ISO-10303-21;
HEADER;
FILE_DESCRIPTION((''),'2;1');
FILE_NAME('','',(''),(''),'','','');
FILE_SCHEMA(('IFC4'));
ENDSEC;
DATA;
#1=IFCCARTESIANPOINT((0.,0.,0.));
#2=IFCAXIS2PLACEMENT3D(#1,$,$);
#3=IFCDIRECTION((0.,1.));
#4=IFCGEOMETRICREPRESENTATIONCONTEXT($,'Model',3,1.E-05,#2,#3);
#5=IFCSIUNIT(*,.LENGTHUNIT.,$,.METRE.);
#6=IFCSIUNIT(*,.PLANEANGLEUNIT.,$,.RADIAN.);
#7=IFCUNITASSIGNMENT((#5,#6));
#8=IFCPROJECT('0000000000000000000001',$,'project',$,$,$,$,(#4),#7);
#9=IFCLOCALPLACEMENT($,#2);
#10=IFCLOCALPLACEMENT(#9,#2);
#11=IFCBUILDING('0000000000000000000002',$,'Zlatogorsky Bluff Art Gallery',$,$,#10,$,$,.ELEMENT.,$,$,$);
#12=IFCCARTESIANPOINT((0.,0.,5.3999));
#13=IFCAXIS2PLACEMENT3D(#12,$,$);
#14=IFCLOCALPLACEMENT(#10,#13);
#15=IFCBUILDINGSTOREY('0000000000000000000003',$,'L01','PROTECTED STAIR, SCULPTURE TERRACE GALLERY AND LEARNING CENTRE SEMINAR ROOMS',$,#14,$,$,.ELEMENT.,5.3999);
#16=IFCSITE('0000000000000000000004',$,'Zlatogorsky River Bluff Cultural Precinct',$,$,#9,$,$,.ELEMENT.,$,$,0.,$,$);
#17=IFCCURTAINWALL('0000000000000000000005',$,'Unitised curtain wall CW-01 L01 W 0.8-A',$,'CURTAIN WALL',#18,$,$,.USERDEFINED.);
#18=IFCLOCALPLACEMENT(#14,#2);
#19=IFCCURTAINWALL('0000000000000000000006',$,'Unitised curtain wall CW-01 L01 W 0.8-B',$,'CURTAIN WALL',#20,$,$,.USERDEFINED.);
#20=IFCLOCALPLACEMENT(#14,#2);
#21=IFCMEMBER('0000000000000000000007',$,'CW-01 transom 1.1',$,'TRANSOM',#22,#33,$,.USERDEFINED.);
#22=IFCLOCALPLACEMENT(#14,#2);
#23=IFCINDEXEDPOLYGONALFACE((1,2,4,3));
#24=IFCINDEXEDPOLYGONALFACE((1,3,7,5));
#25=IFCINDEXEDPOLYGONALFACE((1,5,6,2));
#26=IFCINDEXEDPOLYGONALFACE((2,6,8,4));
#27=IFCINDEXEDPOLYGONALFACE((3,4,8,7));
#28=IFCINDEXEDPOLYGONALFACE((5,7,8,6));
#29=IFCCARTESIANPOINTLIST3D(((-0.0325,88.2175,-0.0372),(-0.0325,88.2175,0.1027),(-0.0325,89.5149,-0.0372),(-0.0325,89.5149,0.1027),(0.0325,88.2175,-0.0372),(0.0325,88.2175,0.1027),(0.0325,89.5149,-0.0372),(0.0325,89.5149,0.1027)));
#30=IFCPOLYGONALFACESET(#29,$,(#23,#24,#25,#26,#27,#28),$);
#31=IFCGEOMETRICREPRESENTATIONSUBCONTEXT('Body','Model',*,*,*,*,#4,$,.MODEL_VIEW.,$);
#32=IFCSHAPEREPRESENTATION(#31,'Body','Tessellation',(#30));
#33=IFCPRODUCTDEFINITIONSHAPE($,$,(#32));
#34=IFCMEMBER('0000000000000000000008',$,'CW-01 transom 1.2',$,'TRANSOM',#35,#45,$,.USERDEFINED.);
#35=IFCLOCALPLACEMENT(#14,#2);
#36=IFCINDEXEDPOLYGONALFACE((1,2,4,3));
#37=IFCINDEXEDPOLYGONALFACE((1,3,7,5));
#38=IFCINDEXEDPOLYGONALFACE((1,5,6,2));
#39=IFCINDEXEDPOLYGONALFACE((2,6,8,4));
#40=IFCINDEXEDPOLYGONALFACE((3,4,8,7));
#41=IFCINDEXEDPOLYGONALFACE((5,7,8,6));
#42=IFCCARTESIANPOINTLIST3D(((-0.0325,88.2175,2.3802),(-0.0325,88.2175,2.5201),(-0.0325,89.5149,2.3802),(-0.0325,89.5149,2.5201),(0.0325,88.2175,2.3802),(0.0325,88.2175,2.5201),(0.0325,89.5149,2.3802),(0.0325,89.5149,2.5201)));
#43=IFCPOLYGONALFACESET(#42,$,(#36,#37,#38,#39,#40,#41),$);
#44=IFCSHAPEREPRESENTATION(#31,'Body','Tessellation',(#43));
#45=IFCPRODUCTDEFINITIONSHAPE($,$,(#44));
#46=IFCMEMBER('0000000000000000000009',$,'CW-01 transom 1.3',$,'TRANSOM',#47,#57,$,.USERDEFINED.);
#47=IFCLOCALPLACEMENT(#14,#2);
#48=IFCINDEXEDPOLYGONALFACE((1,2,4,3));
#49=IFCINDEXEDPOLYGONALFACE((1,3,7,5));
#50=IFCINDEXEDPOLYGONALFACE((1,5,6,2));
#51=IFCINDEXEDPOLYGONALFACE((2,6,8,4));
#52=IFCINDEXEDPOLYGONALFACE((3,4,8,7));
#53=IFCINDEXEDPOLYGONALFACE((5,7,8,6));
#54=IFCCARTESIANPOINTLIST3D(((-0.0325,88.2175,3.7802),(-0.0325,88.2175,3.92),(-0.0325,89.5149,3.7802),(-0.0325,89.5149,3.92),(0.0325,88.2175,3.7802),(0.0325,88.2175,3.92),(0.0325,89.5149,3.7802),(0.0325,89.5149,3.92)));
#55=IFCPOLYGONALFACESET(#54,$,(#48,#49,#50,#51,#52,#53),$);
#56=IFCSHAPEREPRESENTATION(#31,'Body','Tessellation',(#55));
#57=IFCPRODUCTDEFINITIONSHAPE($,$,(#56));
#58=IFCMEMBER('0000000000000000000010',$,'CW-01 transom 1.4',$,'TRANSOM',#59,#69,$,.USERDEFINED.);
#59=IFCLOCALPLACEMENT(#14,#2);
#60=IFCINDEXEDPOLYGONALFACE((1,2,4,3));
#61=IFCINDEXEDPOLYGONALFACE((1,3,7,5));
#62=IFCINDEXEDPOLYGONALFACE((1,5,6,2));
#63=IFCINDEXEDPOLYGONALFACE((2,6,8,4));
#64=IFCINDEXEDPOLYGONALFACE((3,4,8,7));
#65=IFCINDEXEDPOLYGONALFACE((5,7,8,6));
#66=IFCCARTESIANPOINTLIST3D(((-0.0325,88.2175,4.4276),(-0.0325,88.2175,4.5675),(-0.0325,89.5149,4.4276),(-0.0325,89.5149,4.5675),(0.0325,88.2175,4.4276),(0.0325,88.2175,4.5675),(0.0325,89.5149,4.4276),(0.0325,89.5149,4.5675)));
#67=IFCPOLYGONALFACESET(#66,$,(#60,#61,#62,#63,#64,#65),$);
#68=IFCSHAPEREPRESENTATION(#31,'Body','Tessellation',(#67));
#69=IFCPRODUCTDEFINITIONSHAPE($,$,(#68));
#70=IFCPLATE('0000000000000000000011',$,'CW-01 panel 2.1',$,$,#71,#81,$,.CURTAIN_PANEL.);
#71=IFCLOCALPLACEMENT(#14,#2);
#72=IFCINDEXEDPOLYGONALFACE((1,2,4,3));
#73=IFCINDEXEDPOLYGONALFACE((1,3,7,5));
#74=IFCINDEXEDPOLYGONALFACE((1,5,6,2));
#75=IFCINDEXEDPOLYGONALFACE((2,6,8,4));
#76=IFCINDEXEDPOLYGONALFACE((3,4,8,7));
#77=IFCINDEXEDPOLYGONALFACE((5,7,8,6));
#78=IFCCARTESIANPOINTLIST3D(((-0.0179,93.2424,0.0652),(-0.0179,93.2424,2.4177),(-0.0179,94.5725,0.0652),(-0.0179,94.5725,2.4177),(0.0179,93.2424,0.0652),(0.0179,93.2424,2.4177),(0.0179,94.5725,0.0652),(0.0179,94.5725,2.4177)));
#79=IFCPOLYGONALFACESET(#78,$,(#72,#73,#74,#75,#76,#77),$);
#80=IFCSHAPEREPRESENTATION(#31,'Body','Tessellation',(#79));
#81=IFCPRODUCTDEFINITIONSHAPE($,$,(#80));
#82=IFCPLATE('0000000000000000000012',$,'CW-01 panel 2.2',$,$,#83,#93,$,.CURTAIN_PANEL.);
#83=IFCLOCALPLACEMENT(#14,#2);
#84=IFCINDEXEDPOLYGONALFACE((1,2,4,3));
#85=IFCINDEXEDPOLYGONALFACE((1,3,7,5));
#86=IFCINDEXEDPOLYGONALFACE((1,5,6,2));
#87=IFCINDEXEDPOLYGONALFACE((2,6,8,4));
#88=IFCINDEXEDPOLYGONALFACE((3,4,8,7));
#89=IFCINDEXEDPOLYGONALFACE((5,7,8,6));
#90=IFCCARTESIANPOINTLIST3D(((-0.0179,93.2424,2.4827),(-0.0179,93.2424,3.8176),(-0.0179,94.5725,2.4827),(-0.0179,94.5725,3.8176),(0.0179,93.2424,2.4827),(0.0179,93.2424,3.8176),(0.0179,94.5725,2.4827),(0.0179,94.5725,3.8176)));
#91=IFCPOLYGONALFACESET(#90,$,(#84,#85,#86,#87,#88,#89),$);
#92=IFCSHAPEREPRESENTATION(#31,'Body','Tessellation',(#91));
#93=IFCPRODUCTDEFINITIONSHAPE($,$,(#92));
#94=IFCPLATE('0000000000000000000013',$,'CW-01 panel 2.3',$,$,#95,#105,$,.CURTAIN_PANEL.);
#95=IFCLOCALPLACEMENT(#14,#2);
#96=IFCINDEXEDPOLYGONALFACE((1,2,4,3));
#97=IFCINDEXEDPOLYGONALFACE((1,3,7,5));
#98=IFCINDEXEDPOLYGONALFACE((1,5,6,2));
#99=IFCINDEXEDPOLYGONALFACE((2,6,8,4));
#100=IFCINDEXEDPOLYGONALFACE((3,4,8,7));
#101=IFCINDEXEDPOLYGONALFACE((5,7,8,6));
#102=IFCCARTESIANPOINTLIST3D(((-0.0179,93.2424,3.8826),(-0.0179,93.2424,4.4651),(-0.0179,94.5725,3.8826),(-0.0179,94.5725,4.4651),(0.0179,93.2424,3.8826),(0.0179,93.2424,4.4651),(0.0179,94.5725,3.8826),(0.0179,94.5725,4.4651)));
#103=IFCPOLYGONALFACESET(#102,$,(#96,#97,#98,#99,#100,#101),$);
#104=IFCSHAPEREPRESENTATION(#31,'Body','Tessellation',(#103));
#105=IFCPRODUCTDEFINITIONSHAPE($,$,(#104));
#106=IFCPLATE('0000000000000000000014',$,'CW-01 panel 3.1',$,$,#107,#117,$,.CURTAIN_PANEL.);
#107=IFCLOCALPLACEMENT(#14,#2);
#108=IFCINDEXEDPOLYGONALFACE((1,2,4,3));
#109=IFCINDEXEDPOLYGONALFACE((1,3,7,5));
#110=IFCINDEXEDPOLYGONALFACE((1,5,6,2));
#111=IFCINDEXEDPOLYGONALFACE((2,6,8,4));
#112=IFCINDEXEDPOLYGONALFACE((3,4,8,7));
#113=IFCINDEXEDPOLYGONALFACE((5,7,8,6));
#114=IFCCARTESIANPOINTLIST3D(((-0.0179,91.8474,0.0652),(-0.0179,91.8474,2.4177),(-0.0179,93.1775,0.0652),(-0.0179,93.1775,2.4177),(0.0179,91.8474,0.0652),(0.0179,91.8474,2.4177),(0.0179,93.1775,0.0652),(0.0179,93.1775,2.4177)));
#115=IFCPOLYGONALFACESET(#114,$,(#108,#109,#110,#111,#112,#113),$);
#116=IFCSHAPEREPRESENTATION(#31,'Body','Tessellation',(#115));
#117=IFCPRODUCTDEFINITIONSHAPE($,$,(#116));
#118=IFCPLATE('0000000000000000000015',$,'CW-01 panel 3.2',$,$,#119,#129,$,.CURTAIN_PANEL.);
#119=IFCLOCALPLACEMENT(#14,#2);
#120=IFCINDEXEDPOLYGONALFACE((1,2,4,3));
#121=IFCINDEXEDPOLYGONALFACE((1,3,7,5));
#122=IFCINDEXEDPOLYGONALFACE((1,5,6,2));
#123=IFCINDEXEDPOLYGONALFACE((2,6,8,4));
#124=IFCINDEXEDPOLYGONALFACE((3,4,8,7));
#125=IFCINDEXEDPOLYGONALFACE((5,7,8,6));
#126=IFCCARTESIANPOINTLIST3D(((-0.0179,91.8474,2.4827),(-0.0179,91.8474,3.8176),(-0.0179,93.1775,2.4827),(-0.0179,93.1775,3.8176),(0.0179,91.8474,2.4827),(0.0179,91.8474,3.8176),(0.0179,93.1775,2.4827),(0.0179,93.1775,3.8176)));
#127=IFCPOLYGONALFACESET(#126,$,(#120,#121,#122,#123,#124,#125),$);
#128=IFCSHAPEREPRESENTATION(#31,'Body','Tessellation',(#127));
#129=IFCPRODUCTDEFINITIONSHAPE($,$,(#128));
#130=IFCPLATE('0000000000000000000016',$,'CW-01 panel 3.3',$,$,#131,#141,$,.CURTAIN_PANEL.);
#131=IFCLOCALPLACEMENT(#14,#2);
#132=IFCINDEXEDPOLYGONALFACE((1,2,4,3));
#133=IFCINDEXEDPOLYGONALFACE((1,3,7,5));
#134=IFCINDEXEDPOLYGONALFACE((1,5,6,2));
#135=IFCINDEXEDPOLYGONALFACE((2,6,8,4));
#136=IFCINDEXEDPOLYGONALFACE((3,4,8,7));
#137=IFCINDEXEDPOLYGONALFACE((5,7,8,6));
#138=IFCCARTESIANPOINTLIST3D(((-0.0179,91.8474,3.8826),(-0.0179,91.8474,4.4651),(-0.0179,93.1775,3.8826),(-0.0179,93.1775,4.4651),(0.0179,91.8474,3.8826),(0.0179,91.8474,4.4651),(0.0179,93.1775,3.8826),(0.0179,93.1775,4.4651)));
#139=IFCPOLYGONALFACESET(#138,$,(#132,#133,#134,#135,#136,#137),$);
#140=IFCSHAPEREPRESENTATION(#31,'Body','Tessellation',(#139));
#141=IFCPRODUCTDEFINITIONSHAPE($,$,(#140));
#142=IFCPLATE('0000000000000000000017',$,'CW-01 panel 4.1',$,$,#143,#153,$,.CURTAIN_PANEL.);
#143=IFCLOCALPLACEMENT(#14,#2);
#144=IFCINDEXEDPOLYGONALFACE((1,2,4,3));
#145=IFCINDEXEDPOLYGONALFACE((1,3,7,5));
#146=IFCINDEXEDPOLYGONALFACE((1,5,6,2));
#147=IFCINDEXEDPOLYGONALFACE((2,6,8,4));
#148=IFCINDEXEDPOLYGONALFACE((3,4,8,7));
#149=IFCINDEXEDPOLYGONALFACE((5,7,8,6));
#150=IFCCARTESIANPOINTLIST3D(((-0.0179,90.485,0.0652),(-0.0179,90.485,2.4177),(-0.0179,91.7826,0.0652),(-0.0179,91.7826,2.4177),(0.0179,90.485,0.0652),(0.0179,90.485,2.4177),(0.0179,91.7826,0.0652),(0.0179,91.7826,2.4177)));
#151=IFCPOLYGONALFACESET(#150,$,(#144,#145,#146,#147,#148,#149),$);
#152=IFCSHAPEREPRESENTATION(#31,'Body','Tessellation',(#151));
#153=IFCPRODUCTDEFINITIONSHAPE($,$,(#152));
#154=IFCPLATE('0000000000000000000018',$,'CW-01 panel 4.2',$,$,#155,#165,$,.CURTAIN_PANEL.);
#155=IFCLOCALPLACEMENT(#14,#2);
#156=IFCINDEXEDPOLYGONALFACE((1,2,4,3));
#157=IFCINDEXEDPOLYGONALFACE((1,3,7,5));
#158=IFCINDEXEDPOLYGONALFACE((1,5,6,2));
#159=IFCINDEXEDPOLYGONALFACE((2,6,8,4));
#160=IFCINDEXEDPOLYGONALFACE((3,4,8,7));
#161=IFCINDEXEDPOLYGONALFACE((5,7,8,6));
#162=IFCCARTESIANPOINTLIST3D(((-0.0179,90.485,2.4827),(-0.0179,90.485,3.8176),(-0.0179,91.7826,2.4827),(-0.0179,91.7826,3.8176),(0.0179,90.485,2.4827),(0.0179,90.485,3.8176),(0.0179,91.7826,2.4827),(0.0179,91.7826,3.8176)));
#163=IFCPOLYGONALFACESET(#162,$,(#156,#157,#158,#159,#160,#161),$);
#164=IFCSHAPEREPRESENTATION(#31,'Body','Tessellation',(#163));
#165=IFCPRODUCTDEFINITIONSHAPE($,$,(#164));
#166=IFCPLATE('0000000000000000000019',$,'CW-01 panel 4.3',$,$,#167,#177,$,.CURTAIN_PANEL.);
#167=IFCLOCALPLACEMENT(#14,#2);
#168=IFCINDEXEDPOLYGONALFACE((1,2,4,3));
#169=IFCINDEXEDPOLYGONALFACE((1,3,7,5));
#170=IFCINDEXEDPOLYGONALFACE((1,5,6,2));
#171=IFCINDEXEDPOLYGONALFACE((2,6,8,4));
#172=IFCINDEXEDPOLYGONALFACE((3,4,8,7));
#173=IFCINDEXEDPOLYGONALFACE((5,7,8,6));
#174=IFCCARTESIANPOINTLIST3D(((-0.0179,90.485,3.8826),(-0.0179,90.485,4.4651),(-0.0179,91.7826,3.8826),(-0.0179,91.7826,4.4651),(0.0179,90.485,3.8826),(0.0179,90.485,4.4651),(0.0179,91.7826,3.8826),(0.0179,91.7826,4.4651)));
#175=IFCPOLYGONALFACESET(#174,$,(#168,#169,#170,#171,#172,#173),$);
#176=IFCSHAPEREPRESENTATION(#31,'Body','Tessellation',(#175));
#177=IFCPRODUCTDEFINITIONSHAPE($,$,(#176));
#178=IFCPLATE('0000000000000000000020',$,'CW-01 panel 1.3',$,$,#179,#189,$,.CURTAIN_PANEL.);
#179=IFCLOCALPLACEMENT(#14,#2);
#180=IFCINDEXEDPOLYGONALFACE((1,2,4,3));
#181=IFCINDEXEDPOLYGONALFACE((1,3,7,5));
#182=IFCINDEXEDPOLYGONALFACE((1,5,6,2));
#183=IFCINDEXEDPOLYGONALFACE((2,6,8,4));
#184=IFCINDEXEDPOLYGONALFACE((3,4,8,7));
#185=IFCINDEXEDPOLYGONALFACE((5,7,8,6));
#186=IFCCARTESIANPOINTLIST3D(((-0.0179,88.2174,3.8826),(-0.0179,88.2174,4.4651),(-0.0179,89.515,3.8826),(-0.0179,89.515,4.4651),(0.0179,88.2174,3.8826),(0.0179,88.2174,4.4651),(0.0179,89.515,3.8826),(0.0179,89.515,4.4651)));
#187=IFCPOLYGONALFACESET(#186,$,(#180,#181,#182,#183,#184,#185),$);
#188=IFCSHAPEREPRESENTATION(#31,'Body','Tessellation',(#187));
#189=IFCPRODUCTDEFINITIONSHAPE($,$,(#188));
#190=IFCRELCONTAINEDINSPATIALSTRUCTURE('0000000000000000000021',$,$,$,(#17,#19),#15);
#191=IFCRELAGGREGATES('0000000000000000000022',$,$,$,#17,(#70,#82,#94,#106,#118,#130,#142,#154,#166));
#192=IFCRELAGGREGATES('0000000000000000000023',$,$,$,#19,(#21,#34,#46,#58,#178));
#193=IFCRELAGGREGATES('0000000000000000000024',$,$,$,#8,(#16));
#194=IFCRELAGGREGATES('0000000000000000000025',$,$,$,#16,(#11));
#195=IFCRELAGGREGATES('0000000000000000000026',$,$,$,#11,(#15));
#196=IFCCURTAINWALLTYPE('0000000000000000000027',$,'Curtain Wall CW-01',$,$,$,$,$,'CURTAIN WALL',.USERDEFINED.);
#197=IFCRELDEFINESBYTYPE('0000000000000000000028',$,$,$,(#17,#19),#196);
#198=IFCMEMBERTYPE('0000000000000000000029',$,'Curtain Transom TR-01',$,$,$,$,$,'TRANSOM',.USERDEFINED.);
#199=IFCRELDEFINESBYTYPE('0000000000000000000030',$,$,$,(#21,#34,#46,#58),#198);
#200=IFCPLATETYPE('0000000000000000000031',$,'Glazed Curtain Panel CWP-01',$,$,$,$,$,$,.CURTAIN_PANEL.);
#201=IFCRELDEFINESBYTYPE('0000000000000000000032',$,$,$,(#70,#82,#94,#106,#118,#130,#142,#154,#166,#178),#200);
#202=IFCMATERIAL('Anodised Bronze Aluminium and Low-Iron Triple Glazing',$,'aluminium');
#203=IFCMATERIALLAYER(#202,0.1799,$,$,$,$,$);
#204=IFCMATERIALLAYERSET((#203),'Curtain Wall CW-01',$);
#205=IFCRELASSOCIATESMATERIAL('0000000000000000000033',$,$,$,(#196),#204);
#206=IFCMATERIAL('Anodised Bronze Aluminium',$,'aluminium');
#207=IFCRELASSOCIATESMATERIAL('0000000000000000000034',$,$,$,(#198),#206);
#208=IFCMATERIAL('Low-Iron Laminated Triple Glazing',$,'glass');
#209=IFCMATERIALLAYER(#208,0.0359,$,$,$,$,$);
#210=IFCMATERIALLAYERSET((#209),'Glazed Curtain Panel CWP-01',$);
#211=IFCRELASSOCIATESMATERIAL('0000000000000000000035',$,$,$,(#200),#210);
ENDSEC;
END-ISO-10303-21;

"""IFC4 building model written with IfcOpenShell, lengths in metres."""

from ifc_helpers import new_model, si_unit, direction, frame, origin, origin_2d, place, context, subcontext, project, spatial, rectangle, extrude, material, layer, layer_set, material_profile, profile_set, type_object, element, aggregate, save


model = new_model("IFC4")

# Units and contexts
model_context = context("Model", 3, precision=1e-05, world=origin(), true_north=direction((0.0, 1.0)))
body_context = subcontext(model_context, "Body", "Model", "MODEL_VIEW")
ifc_project = project(units=[si_unit("LENGTHUNIT", "METRE"), si_unit("PLANEANGLEUNIT", "RADIAN")], contexts=[model_context])

# Site, building, storey
site_placement = place(None, origin())
site = spatial("IfcSite", under=ifc_project, at=site_placement, Name="Zlatogorsky River Bluff Cultural Precinct", CompositionType="ELEMENT", RefElevation=0.0)
building_placement = place(site_placement, origin())
building = spatial("IfcBuilding", under=site, at=building_placement, Name="Zlatogorsky Bluff Art Gallery", CompositionType="ELEMENT")
storey_placement = place(building_placement, frame((0.0, 0.0, 5.3999)))
storey = spatial("IfcBuildingStorey", under=building, at=storey_placement, Name="L01", Description="PROTECTED STAIR, SCULPTURE TERRACE GALLERY AND LEARNING CENTRE SEMINAR ROOMS", CompositionType="ELEMENT", Elevation=5.3999)

# Curtain wall
ifc_material_1 = material(Name="Anodised Bronze Aluminium and Low-Iron Triple Glazing", Category="aluminium")
ifc_layer_1 = layer(ifc_material_1, 0.1799)
ifc_layer_set_1 = layer_set([ifc_layer_1], Name="Curtain Wall CW-01")
curtain_wall_type = type_object("IfcCurtainWallType", Name="Curtain Wall CW-01", ElementType="CURTAIN WALL", PredefinedType="USERDEFINED", material=ifc_layer_set_1)
curtain_wall_1_placement = place(storey_placement, origin())
curtain_wall_1 = element("IfcCurtainWall", 1, at=curtain_wall_1_placement, inside=storey, type_object=curtain_wall_type, Name="Unitised curtain wall CW-01 L01 W 0.8-A", ObjectType="CURTAIN WALL", PredefinedType="USERDEFINED")
ifc_material_2 = material(Name="Anodised Bronze Aluminium", Category="aluminium")

# Curtain wall
curtain_wall_2_placement = place(storey_placement, origin())
curtain_wall_2 = element("IfcCurtainWall", 2, at=curtain_wall_2_placement, inside=storey, type_object=curtain_wall_type, Name="Unitised curtain wall CW-01 L01 W 0.8-B", ObjectType="CURTAIN WALL", PredefinedType="USERDEFINED")

# Members
ifc_material_profile_1 = material_profile(ifc_material_2, rectangle(XDim=0.0649, YDim=0.1399, at=origin_2d()), Name="ALU TRANSOM 65x140")
ifc_profile_set_1 = profile_set([ifc_material_profile_1], Name="Anodised Bronze Aluminium")
member_type_1 = type_object("IfcMemberType", Name="Curtain Transom TR-01", ElementType="TRANSOM", PredefinedType="USERDEFINED", material=ifc_profile_set_1)
member_1_placement = place(storey_placement, frame((0.0, 89.5149, 0.0327), z_axis=(0.0, -1.0, 0.0), x_axis=(1.0, 0.0, 0.0)))
member_1 = element("IfcMember", 3, at=member_1_placement, type_object=member_type_1, Name="CW-01 transom 1.1", ObjectType="TRANSOM", PredefinedType="USERDEFINED", context=body_context, shape_type="SweptSolid", body=[
    extrude(rectangle(XDim=0.0649, YDim=0.1399, at=origin_2d()), origin(), (0.0, 0.0, 1.0), 1.2974),
])
member_2_placement = place(storey_placement, frame((0.0, 89.5149, 2.4502), z_axis=(0.0, -1.0, 0.0), x_axis=(1.0, 0.0, 0.0)))
member_2 = element("IfcMember", 4, at=member_2_placement, type_object=member_type_1, Name="CW-01 transom 1.2", ObjectType="TRANSOM", PredefinedType="USERDEFINED", context=body_context, shape_type="SweptSolid", body=[
    extrude(rectangle(XDim=0.0649, YDim=0.1399, at=origin_2d()), origin(), (0.0, 0.0, 1.0), 1.2974),
])
member_3_placement = place(storey_placement, frame((0.0, 89.5149, 3.8501), z_axis=(0.0, -1.0, 0.0), x_axis=(1.0, 0.0, 0.0)))
member_3 = element("IfcMember", 5, at=member_3_placement, type_object=member_type_1, Name="CW-01 transom 1.3", ObjectType="TRANSOM", PredefinedType="USERDEFINED", context=body_context, shape_type="SweptSolid", body=[
    extrude(rectangle(XDim=0.0649, YDim=0.1399, at=origin_2d()), origin(), (0.0, 0.0, 1.0), 1.2974),
])
member_4_placement = place(storey_placement, frame((0.0, 89.5149, 4.4976), z_axis=(0.0, -1.0, 0.0), x_axis=(1.0, 0.0, 0.0)))
member_4 = element("IfcMember", 6, at=member_4_placement, type_object=member_type_1, Name="CW-01 transom 1.4", ObjectType="TRANSOM", PredefinedType="USERDEFINED", context=body_context, shape_type="SweptSolid", body=[
    extrude(rectangle(XDim=0.0649, YDim=0.1399, at=origin_2d()), origin(), (0.0, 0.0, 1.0), 1.2974),
])

# Plates
ifc_material_3 = material(Name="Low-Iron Laminated Triple Glazing", Category="glass")
ifc_layer_2 = layer(ifc_material_3, 0.0359)
ifc_layer_set_2 = layer_set([ifc_layer_2], Name="Glazed Curtain Panel CWP-01")
plate_type = type_object("IfcPlateType", Name="Glazed Curtain Panel CWP-01", PredefinedType="CURTAIN_PANEL", material=ifc_layer_set_2)
plate_1_placement = place(storey_placement, frame((0.0, 93.9075, 0.0652), z_axis=(0.0, 0.0, 1.0), x_axis=(0.0, -1.0, 0.0)))
plate_1 = element("IfcPlate", 7, at=plate_1_placement, type_object=plate_type, Name="CW-01 panel 2.1", PredefinedType="CURTAIN_PANEL", context=body_context, shape_type="SweptSolid", body=[
    extrude(rectangle(XDim=1.3301, YDim=0.0359, at=origin_2d()), origin(), (0.0, 0.0, 1.0), 2.3525),
])
plate_2_placement = place(storey_placement, frame((0.0, 93.9075, 2.4827), z_axis=(0.0, 0.0, 1.0), x_axis=(0.0, -1.0, 0.0)))
plate_2 = element("IfcPlate", 8, at=plate_2_placement, type_object=plate_type, Name="CW-01 panel 2.2", PredefinedType="CURTAIN_PANEL", context=body_context, shape_type="SweptSolid", body=[
    extrude(rectangle(XDim=1.3301, YDim=0.0359, at=origin_2d()), origin(), (0.0, 0.0, 1.0), 1.335),
])
plate_3_placement = place(storey_placement, frame((0.0, 93.9075, 3.8826), z_axis=(0.0, 0.0, 1.0), x_axis=(0.0, -1.0, 0.0)))
plate_3 = element("IfcPlate", 9, at=plate_3_placement, type_object=plate_type, Name="CW-01 panel 2.3", PredefinedType="CURTAIN_PANEL", context=body_context, shape_type="SweptSolid", body=[
    extrude(rectangle(XDim=1.3301, YDim=0.0359, at=origin_2d()), origin(), (0.0, 0.0, 1.0), 0.5825),
])
plate_4_placement = place(storey_placement, frame((0.0, 92.5125, 0.0652), z_axis=(0.0, 0.0, 1.0), x_axis=(0.0, -1.0, 0.0)))
plate_4 = element("IfcPlate", 10, at=plate_4_placement, type_object=plate_type, Name="CW-01 panel 3.1", PredefinedType="CURTAIN_PANEL", context=body_context, shape_type="SweptSolid", body=[
    extrude(rectangle(XDim=1.3301, YDim=0.0359, at=origin_2d()), origin(), (0.0, 0.0, 1.0), 2.3525),
])
plate_5_placement = place(storey_placement, frame((0.0, 92.5125, 2.4827), z_axis=(0.0, 0.0, 1.0), x_axis=(0.0, -1.0, 0.0)))
plate_5 = element("IfcPlate", 11, at=plate_5_placement, type_object=plate_type, Name="CW-01 panel 3.2", PredefinedType="CURTAIN_PANEL", context=body_context, shape_type="SweptSolid", body=[
    extrude(rectangle(XDim=1.3301, YDim=0.0359, at=origin_2d()), origin(), (0.0, 0.0, 1.0), 1.335),
])
plate_6_placement = place(storey_placement, frame((0.0, 92.5125, 3.8826), z_axis=(0.0, 0.0, 1.0), x_axis=(0.0, -1.0, 0.0)))
plate_6 = element("IfcPlate", 12, at=plate_6_placement, type_object=plate_type, Name="CW-01 panel 3.3", PredefinedType="CURTAIN_PANEL", context=body_context, shape_type="SweptSolid", body=[
    extrude(rectangle(XDim=1.3301, YDim=0.0359, at=origin_2d()), origin(), (0.0, 0.0, 1.0), 0.5825),
])
plate_7_placement = place(storey_placement, frame((0.0, 91.1338, 0.0652), z_axis=(0.0, 0.0, 1.0), x_axis=(0.0, -1.0, 0.0)))
plate_7 = element("IfcPlate", 13, at=plate_7_placement, type_object=plate_type, Name="CW-01 panel 4.1", PredefinedType="CURTAIN_PANEL", context=body_context, shape_type="SweptSolid", body=[
    extrude(rectangle(XDim=1.2976, YDim=0.0359, at=origin_2d()), origin(), (0.0, 0.0, 1.0), 2.3525),
])
plate_8_placement = place(storey_placement, frame((0.0, 91.1338, 2.4827), z_axis=(0.0, 0.0, 1.0), x_axis=(0.0, -1.0, 0.0)))
plate_8 = element("IfcPlate", 14, at=plate_8_placement, type_object=plate_type, Name="CW-01 panel 4.2", PredefinedType="CURTAIN_PANEL", context=body_context, shape_type="SweptSolid", body=[
    extrude(rectangle(XDim=1.2976, YDim=0.0359, at=origin_2d()), origin(), (0.0, 0.0, 1.0), 1.335),
])
plate_9_placement = place(storey_placement, frame((0.0, 91.1338, 3.8826), z_axis=(0.0, 0.0, 1.0), x_axis=(0.0, -1.0, 0.0)))
plate_9 = element("IfcPlate", 15, at=plate_9_placement, type_object=plate_type, Name="CW-01 panel 4.3", PredefinedType="CURTAIN_PANEL", context=body_context, shape_type="SweptSolid", body=[
    extrude(rectangle(XDim=1.2976, YDim=0.0359, at=origin_2d()), origin(), (0.0, 0.0, 1.0), 0.5825),
])
aggregate(curtain_wall_1, [plate_1, plate_2, plate_3, plate_4, plate_5, plate_6, plate_7, plate_8, plate_9])
plate_10_placement = place(storey_placement, frame((0.0, 88.8662, 3.8826), z_axis=(0.0, 0.0, 1.0), x_axis=(0.0, -1.0, 0.0)))
plate_10 = element("IfcPlate", 16, at=plate_10_placement, type_object=plate_type, Name="CW-01 panel 1.3", PredefinedType="CURTAIN_PANEL", context=body_context, shape_type="SweptSolid", body=[
    extrude(rectangle(XDim=1.2976, YDim=0.0359, at=origin_2d()), origin(), (0.0, 0.0, 1.0), 0.5825),
])
aggregate(curtain_wall_2, [member_1, member_2, member_3, member_4, plate_10])

save(model, "model.ifc")
